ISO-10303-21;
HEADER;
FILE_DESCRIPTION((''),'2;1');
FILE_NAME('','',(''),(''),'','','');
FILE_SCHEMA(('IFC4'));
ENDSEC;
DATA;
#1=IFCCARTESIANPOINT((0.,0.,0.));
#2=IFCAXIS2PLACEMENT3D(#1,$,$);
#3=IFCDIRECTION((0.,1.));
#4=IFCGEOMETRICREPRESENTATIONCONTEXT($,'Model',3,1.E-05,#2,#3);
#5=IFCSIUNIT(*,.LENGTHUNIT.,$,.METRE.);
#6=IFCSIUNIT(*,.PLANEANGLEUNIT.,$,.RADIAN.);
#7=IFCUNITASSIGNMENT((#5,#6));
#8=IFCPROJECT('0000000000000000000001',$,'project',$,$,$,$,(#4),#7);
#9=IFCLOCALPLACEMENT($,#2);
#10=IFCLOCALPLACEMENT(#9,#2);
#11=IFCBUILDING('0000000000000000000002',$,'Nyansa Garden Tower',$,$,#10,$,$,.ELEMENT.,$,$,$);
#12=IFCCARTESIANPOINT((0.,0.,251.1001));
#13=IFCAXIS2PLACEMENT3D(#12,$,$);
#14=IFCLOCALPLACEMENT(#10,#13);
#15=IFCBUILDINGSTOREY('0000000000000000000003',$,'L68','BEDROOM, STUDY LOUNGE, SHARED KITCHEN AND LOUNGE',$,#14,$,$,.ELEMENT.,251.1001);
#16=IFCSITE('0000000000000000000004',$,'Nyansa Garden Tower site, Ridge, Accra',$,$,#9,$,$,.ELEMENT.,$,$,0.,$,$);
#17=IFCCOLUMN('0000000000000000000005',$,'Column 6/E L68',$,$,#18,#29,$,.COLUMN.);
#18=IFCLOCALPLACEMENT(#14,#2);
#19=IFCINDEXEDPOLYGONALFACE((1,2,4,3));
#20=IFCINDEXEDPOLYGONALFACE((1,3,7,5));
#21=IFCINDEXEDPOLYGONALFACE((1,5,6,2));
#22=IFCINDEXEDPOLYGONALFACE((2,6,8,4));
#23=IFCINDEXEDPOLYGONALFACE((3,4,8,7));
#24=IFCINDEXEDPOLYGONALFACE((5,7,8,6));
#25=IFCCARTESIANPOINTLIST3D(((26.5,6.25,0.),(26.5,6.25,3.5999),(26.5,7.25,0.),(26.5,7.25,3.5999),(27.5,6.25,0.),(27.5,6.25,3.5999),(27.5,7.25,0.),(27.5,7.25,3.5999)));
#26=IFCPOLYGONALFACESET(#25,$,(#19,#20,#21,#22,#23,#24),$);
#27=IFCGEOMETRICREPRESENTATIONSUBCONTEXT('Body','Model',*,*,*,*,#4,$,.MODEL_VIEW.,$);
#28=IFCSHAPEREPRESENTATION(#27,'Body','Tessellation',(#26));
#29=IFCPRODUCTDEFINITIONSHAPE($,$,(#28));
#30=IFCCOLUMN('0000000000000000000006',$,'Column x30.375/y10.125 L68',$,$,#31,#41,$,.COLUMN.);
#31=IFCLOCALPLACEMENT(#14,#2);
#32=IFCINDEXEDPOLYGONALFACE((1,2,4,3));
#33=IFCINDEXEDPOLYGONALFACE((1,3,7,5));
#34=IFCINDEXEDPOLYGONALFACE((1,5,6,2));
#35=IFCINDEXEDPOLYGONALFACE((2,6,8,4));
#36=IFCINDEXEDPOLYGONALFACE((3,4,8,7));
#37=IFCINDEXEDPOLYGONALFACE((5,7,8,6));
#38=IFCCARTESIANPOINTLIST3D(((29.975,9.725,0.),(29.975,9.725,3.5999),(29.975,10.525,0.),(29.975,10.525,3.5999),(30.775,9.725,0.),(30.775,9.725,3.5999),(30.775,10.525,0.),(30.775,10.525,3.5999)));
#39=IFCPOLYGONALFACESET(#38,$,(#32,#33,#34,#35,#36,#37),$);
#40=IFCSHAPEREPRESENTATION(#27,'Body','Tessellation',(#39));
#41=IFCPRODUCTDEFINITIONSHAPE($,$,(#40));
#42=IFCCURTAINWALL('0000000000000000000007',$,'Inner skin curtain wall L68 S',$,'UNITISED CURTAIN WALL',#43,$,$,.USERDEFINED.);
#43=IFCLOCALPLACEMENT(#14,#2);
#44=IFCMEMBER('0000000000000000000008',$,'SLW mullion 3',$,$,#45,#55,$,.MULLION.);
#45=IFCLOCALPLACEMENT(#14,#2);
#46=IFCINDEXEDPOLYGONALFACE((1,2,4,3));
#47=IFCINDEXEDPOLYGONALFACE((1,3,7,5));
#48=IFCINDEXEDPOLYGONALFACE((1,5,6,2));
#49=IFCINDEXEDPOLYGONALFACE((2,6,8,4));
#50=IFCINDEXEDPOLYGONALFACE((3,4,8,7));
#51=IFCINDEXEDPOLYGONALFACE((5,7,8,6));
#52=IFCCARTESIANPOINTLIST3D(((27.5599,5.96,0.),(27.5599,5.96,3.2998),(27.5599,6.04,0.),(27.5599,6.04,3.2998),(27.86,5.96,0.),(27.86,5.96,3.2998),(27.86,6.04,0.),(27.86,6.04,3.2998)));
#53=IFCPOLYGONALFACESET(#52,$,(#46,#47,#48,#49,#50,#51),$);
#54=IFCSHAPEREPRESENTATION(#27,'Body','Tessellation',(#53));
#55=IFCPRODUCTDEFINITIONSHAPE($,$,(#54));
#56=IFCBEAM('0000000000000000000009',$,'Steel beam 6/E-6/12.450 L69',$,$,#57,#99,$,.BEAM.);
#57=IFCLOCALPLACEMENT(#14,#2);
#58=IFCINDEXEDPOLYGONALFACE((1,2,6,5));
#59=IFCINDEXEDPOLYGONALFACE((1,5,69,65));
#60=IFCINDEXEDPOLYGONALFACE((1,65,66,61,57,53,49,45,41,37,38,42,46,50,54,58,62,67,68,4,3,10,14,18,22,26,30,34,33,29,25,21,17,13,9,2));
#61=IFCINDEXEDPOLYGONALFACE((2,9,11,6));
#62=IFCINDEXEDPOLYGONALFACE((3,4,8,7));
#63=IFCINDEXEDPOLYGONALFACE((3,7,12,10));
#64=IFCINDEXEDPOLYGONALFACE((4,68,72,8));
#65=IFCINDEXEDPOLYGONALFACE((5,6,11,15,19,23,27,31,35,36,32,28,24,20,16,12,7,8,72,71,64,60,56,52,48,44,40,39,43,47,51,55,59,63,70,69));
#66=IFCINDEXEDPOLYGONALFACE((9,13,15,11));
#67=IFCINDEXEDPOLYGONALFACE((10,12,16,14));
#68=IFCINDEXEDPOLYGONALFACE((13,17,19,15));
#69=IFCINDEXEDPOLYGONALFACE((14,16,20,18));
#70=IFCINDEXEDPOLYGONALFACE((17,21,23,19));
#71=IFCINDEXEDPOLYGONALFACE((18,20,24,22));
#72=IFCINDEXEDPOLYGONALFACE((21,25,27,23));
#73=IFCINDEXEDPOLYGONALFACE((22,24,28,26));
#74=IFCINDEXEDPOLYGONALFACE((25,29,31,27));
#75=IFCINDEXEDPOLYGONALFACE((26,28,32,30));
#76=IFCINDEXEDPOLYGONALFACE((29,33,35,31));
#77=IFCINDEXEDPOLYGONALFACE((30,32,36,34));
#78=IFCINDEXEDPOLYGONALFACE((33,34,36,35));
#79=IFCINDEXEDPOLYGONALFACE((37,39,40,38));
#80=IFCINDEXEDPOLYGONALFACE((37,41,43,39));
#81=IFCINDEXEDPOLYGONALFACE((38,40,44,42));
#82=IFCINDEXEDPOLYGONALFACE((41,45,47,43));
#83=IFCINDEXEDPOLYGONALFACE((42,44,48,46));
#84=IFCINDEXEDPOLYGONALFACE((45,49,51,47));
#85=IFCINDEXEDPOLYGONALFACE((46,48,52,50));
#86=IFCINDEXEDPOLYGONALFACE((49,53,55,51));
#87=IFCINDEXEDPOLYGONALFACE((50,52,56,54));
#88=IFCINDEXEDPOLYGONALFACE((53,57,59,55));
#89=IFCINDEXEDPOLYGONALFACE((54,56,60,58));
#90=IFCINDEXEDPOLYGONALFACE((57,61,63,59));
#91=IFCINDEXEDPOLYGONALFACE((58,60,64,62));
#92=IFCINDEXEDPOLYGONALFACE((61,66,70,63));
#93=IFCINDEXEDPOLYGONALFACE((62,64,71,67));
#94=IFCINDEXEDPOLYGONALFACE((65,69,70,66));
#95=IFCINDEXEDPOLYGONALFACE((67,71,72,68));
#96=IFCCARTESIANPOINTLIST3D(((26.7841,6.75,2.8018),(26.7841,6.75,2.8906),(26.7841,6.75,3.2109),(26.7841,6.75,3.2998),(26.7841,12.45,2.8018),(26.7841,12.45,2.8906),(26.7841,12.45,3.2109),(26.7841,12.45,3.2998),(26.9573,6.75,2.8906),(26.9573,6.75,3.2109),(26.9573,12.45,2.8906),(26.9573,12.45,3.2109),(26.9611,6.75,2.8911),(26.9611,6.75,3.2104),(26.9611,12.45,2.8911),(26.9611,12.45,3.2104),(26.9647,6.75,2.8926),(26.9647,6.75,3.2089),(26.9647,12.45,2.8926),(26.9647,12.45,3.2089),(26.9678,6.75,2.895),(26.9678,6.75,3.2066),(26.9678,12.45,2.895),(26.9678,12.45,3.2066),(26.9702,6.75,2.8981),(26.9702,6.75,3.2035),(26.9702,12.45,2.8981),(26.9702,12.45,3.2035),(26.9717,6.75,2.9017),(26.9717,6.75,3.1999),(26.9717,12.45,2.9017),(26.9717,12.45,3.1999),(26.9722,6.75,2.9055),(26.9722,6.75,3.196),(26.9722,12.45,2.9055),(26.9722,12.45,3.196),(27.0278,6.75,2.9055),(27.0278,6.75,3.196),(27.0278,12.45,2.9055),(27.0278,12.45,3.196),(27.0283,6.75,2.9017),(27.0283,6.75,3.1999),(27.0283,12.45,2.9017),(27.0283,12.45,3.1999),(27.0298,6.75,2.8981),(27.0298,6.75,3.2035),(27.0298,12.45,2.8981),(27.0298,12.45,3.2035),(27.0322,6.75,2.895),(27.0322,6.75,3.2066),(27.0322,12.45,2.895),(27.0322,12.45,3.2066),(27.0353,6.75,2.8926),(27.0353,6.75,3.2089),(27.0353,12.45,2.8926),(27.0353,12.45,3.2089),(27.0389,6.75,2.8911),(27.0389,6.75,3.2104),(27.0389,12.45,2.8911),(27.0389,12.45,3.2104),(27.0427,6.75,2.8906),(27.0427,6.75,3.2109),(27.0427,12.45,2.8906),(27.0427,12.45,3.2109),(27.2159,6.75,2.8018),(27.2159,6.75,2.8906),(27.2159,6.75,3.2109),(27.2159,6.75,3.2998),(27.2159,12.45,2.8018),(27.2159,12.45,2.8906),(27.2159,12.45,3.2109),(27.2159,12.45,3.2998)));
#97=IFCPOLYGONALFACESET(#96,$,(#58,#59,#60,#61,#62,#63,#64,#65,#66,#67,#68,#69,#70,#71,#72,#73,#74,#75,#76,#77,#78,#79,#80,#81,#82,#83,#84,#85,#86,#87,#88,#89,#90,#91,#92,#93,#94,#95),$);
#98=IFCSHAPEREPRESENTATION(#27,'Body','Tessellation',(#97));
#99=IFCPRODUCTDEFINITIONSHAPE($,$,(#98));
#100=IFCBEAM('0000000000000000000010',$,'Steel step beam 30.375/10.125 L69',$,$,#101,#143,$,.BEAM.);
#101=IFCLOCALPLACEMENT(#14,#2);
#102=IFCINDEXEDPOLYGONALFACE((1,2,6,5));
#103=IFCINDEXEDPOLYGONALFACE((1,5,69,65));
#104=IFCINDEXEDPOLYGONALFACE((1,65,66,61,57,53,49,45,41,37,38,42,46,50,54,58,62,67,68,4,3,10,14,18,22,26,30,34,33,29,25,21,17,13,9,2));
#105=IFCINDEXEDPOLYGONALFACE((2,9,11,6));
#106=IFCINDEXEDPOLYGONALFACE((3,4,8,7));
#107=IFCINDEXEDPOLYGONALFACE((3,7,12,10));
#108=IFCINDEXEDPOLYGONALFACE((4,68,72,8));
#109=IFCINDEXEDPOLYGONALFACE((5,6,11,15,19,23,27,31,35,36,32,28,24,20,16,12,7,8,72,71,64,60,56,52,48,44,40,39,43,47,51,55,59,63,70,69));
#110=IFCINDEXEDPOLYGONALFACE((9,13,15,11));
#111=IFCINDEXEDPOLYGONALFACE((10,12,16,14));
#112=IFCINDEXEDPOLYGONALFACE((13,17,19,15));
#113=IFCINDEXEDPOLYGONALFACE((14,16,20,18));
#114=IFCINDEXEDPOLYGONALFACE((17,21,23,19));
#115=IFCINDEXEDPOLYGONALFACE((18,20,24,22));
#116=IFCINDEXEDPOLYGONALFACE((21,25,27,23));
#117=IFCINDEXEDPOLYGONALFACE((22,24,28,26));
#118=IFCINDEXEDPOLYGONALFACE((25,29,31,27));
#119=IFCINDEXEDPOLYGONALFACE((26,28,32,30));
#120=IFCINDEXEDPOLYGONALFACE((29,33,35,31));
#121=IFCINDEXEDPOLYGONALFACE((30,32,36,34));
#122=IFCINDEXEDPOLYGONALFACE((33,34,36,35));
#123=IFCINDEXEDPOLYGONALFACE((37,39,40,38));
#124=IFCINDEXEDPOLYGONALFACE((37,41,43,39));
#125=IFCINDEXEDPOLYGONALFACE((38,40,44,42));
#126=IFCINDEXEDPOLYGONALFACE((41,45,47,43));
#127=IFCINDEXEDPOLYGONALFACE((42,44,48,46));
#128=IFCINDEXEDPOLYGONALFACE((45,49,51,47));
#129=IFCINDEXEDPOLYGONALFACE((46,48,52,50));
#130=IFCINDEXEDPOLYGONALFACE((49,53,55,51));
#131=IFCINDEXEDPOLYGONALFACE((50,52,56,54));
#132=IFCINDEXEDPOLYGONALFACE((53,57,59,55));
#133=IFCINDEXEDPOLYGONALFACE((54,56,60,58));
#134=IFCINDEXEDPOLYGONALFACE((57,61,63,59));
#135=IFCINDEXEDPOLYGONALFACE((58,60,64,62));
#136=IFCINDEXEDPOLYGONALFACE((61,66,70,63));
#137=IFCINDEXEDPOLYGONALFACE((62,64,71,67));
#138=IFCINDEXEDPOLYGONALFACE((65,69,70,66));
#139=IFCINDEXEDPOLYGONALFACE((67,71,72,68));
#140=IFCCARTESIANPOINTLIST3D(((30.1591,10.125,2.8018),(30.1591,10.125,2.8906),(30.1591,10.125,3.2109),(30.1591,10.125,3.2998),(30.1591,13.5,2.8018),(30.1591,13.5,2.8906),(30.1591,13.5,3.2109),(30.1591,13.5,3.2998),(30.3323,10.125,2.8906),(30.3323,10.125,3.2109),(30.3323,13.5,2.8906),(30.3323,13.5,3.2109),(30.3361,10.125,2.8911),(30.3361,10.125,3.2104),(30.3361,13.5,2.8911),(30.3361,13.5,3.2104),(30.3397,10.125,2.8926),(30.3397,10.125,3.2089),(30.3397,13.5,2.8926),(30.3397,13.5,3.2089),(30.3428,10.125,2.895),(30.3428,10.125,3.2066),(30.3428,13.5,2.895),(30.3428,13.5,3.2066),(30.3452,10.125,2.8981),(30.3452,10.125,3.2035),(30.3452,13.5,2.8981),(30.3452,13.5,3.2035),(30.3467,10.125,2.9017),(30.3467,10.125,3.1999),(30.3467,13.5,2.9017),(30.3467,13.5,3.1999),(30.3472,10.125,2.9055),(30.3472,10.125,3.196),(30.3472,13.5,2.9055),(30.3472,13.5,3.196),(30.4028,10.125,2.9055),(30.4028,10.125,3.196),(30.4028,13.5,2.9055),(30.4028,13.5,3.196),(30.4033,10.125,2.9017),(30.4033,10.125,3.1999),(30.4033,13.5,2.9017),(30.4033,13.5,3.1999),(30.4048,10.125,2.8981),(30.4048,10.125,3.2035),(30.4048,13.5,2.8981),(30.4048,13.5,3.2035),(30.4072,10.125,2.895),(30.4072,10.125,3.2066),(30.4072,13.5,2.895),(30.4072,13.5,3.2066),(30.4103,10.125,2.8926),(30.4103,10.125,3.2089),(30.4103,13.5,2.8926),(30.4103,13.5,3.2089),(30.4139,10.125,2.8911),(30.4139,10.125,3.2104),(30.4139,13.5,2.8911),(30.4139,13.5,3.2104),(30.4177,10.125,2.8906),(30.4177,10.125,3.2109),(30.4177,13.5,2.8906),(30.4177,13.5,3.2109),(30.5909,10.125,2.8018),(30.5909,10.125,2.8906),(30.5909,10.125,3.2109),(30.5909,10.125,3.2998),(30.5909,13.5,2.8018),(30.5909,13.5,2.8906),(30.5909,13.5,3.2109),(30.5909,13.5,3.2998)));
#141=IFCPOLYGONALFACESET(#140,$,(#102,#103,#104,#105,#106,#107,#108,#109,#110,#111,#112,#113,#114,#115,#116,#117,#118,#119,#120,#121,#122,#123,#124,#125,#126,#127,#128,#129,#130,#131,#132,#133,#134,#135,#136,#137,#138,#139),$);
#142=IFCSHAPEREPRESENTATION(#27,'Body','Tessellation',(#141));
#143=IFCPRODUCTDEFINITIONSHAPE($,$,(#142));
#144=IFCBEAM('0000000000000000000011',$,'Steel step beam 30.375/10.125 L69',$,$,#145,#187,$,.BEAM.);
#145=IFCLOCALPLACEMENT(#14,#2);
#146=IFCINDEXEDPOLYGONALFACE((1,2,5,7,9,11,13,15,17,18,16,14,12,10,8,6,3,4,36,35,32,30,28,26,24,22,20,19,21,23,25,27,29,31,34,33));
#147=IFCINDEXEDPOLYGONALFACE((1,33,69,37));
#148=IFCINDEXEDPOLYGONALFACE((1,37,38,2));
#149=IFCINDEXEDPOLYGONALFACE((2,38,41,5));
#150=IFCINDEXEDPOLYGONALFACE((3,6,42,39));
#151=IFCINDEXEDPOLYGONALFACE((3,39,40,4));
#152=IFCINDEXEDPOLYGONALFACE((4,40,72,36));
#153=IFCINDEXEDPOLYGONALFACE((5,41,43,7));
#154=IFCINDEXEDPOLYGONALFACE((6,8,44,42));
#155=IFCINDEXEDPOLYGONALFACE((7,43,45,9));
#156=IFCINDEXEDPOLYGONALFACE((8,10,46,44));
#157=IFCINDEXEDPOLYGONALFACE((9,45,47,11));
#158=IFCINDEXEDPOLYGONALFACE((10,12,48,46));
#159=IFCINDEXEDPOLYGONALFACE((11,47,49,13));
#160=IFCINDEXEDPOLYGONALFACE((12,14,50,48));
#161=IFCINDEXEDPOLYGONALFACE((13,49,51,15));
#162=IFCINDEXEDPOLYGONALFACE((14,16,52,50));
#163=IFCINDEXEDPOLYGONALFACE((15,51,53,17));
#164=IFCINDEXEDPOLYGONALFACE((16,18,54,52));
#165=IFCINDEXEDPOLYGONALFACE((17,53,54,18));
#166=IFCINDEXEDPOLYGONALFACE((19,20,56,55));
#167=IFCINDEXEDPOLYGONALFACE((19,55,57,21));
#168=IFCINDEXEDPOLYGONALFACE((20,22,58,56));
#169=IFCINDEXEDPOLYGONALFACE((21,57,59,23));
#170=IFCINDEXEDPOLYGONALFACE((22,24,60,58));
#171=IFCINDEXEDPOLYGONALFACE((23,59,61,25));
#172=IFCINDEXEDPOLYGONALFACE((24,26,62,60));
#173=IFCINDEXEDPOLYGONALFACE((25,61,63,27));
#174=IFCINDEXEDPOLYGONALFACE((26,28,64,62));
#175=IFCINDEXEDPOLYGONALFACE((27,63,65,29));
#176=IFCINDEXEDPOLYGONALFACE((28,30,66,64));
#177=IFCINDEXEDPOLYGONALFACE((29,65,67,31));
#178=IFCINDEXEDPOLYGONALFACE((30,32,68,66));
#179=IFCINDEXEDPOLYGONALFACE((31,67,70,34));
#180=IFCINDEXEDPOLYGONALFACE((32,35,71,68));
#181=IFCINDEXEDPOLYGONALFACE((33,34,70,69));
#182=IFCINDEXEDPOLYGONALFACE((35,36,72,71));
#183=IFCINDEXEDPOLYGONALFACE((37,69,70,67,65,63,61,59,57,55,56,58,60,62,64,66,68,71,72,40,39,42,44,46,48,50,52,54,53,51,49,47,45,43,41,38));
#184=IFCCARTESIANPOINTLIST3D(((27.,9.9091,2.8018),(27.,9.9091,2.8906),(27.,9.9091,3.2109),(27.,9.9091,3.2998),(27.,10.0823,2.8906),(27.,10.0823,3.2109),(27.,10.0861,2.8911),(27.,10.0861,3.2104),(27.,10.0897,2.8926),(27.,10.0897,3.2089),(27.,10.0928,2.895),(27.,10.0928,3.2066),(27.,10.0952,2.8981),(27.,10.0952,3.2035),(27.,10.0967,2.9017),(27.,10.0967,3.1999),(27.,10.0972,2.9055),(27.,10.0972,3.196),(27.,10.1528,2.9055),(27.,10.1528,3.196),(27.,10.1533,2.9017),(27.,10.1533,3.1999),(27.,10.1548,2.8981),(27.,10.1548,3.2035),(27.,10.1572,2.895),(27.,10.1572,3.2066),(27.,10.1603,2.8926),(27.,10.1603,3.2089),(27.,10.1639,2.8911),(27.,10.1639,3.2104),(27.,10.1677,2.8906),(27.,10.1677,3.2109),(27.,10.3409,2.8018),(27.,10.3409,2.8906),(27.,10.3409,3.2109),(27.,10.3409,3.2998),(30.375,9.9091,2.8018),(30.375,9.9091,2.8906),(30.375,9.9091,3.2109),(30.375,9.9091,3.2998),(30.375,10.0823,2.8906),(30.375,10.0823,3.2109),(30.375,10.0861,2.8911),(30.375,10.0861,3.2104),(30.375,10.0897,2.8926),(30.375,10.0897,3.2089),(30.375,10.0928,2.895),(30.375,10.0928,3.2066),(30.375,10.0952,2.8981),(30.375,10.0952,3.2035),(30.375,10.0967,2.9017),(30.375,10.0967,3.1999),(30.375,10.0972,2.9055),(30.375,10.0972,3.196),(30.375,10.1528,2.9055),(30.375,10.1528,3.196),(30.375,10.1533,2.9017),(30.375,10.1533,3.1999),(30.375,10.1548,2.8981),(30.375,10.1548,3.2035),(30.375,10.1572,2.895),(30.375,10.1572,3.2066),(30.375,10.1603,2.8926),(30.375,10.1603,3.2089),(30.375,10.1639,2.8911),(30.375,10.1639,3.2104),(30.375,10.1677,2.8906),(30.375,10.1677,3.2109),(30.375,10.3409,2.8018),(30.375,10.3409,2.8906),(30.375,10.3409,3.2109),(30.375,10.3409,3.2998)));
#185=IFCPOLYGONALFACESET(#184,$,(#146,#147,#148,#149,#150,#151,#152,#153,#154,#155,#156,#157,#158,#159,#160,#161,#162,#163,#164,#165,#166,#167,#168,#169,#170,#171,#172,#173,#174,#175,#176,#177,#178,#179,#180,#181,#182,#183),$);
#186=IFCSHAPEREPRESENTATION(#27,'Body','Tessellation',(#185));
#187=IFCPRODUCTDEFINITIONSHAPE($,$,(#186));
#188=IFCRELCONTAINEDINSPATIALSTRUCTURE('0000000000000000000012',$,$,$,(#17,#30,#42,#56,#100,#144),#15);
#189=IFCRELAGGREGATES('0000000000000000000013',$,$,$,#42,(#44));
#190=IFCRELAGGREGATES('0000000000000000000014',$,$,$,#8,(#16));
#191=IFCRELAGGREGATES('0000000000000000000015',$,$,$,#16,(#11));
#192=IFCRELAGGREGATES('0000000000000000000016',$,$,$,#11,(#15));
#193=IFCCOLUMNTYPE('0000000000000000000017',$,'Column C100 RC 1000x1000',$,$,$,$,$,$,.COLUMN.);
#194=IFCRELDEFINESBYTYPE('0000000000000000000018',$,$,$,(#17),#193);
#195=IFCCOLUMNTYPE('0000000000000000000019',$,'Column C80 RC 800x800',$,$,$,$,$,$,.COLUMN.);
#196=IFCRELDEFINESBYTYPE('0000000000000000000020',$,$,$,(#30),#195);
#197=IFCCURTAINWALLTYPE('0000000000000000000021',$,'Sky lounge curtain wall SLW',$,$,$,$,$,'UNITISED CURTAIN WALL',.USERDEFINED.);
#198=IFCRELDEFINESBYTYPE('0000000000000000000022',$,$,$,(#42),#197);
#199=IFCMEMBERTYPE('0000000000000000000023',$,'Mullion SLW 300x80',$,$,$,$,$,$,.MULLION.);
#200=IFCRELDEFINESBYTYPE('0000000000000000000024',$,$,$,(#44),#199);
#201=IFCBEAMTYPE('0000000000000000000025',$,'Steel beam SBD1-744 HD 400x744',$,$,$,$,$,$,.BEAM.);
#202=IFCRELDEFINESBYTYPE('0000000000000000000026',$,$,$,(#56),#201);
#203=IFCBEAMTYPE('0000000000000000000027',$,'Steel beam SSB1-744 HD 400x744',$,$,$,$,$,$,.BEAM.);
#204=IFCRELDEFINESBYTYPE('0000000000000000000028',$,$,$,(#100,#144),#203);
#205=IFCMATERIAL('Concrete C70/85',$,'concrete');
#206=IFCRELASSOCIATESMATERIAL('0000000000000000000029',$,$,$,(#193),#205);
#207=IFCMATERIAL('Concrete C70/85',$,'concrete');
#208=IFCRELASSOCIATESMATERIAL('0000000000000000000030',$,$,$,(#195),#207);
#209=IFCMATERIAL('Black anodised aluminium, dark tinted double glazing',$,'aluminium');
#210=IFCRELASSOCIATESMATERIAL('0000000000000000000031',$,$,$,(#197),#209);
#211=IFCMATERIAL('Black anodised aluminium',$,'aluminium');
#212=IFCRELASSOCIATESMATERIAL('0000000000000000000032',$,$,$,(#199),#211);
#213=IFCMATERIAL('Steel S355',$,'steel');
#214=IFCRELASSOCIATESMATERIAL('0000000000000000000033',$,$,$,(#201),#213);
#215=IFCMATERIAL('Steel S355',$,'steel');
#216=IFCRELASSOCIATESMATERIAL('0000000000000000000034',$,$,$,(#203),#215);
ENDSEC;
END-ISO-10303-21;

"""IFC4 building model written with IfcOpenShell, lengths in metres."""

from ifc_helpers import new_model, si_unit, direction, frame, origin, origin_2d, place, context, subcontext, project, spatial, rectangle, i_section, extrude, material, material_profile, profile_set, type_object, element, aggregate, save


model = new_model("IFC4")

# Units and contexts
model_context = context("Model", 3, precision=1e-05, world=origin(), true_north=direction((0.0, 1.0)))
body_context = subcontext(model_context, "Body", "Model", "MODEL_VIEW")
ifc_project = project(units=[si_unit("LENGTHUNIT", "METRE"), si_unit("PLANEANGLEUNIT", "RADIAN")], contexts=[model_context])

# Site, building, storey
site_placement = place(None, origin())
site = spatial("IfcSite", under=ifc_project, at=site_placement, Name="Nyansa Garden Tower site, Ridge, Accra", CompositionType="ELEMENT", RefElevation=0.0)
building_placement = place(site_placement, origin())
building = spatial("IfcBuilding", under=site, at=building_placement, Name="Nyansa Garden Tower", CompositionType="ELEMENT")
storey_placement = place(building_placement, frame((0.0, 0.0, 251.1001)))
storey = spatial("IfcBuildingStorey", under=building, at=storey_placement, Name="L68", Description="BEDROOM, STUDY LOUNGE, SHARED KITCHEN AND LOUNGE", CompositionType="ELEMENT", Elevation=251.1001)

# Columns
ifc_material_1 = material(Name="Concrete C70/85", Category="concrete")
ifc_material_profile_1 = material_profile(ifc_material_1, rectangle(XDim=1.0, YDim=1.0, at=origin_2d()), Name="RC 1000x1000")
ifc_profile_set_1 = profile_set([ifc_material_profile_1], Name="Concrete C70/85")
column_type_1 = type_object("IfcColumnType", Name="Column C100 RC 1000x1000", PredefinedType="COLUMN", material=ifc_profile_set_1)
column_1_placement = place(storey_placement, frame((27.0, 6.75, 0.0), z_axis=(0.0, 0.0, 1.0), x_axis=(1.0, 0.0, 0.0)))
element("IfcColumn", 1, at=column_1_placement, inside=storey, type_object=column_type_1, Name="Column 6/E L68", PredefinedType="COLUMN", context=body_context, shape_type="SweptSolid", body=[
    extrude(rectangle(XDim=1.0, YDim=1.0, at=origin_2d()), origin(), (0.0, 0.0, 1.0), 3.5999),
])
ifc_material_2 = material(Name="Concrete C70/85", Category="concrete")
ifc_material_profile_2 = material_profile(ifc_material_2, rectangle(XDim=0.8, YDim=0.8, at=origin_2d()), Name="RC 800x800")
ifc_profile_set_2 = profile_set([ifc_material_profile_2], Name="Concrete C70/85")
column_type_2 = type_object("IfcColumnType", Name="Column C80 RC 800x800", PredefinedType="COLUMN", material=ifc_profile_set_2)
column_2_placement = place(storey_placement, frame((30.375, 10.125, 0.0), z_axis=(0.0, 0.0, 1.0), x_axis=(1.0, 0.0, 0.0)))
element("IfcColumn", 2, at=column_2_placement, inside=storey, type_object=column_type_2, Name="Column x30.375/y10.125 L68", PredefinedType="COLUMN", context=body_context, shape_type="SweptSolid", body=[
    extrude(rectangle(XDim=0.8, YDim=0.8, at=origin_2d()), origin(), (0.0, 0.0, 1.0), 3.5999),
])

# Curtain wall, member
ifc_material_3 = material(Name="Black anodised aluminium, dark tinted double glazing", Category="aluminium")
curtain_wall_type = type_object("IfcCurtainWallType", Name="Sky lounge curtain wall SLW", ElementType="UNITISED CURTAIN WALL", PredefinedType="USERDEFINED", material=ifc_material_3)
curtain_wall_placement = place(storey_placement, origin())
curtain_wall = element("IfcCurtainWall", 3, at=curtain_wall_placement, inside=storey, type_object=curtain_wall_type, Name="Inner skin curtain wall L68 S", ObjectType="UNITISED CURTAIN WALL", PredefinedType="USERDEFINED")
ifc_material_4 = material(Name="Black anodised aluminium", Category="aluminium")
ifc_material_profile_3 = material_profile(ifc_material_4, rectangle(XDim=0.0801, YDim=0.3, at=origin_2d()), Name="Mullion 300x80")
ifc_profile_set_3 = profile_set([ifc_material_profile_3], Name="Black anodised aluminium")
member_type = type_object("IfcMemberType", Name="Mullion SLW 300x80", PredefinedType="MULLION", material=ifc_profile_set_3)
member_placement = place(storey_placement, frame((27.71, 6.0, 0.0), z_axis=(0.0, 0.0, 1.0), x_axis=(0.0, 1.0, 0.0)))
member = element("IfcMember", 4, at=member_placement, type_object=member_type, Name="SLW mullion 3", PredefinedType="MULLION", context=body_context, shape_type="SweptSolid", body=[
    extrude(rectangle(XDim=0.0801, YDim=0.3, at=origin_2d()), origin(), (0.0, 0.0, 1.0), 3.2998),
])

# Beams
ifc_material_5 = material(Name="Steel S355", Category="steel")
ifc_material_profile_4 = material_profile(ifc_material_5, i_section(OverallWidth=0.4319, OverallDepth=0.498, WebThickness=0.0557, FlangeThickness=0.0889, FilletRadius=0.0149, at=origin_2d()), Name="HD 400x744")
ifc_profile_set_4 = profile_set([ifc_material_profile_4], Name="Steel S355")
beam_type_1 = type_object("IfcBeamType", Name="Steel beam SBD1-744 HD 400x744", PredefinedType="BEAM", material=ifc_profile_set_4)
beam_placement = place(storey_placement, frame((27.0, 6.75, 3.0508), z_axis=(0.0, 1.0, 0.0), x_axis=(-1.0, 0.0, 0.0)))
element("IfcBeam", 5, at=beam_placement, inside=storey, type_object=beam_type_1, Name="Steel beam 6/E-6/12.450 L69", PredefinedType="BEAM", context=body_context, shape_type="SweptSolid", body=[
    extrude(i_section(OverallWidth=0.4319, OverallDepth=0.498, WebThickness=0.0557, FlangeThickness=0.0889, FilletRadius=0.0149, at=origin_2d()), origin(), (0.0, 0.0, 1.0), 5.7),
])
ifc_material_6 = material(Name="Steel S355", Category="steel")
ifc_material_profile_5 = material_profile(ifc_material_6, i_section(OverallWidth=0.4319, OverallDepth=0.498, WebThickness=0.0557, FlangeThickness=0.0889, FilletRadius=0.0149, at=origin_2d()), Name="HD 400x744")
ifc_profile_set_5 = profile_set([ifc_material_profile_5], Name="Steel S355")
beam_type_2 = type_object("IfcBeamType", Name="Steel beam SSB1-744 HD 400x744", PredefinedType="BEAM", material=ifc_profile_set_5)
for number, where, z_axis, x_axis, name in (
    (6, (30.375, 10.125, 3.0508), (0.0, 1.0, 0.0), (-1.0, 0.0, 0.0), "Steel step beam 30.375/10.125 L69"),
    (7, (30.375, 10.125, 3.0508), (-1.0, 0.0, 0.0), (0.0, -1.0, 0.0), "Steel step beam 30.375/10.125 L69"),
):
    element("IfcBeam", number, at=place(storey_placement, frame(where, z_axis=z_axis, x_axis=x_axis)), inside=storey, type_object=beam_type_2, Name=name, PredefinedType="BEAM", context=body_context, shape_type="SweptSolid", body=[
        extrude(i_section(OverallWidth=0.4319, OverallDepth=0.498, WebThickness=0.0557, FlangeThickness=0.0889, FilletRadius=0.0149, at=origin_2d()), origin(), (0.0, 0.0, 1.0), 3.375),
    ])

aggregate(curtain_wall, [member])

save(model, "model.ifc")
